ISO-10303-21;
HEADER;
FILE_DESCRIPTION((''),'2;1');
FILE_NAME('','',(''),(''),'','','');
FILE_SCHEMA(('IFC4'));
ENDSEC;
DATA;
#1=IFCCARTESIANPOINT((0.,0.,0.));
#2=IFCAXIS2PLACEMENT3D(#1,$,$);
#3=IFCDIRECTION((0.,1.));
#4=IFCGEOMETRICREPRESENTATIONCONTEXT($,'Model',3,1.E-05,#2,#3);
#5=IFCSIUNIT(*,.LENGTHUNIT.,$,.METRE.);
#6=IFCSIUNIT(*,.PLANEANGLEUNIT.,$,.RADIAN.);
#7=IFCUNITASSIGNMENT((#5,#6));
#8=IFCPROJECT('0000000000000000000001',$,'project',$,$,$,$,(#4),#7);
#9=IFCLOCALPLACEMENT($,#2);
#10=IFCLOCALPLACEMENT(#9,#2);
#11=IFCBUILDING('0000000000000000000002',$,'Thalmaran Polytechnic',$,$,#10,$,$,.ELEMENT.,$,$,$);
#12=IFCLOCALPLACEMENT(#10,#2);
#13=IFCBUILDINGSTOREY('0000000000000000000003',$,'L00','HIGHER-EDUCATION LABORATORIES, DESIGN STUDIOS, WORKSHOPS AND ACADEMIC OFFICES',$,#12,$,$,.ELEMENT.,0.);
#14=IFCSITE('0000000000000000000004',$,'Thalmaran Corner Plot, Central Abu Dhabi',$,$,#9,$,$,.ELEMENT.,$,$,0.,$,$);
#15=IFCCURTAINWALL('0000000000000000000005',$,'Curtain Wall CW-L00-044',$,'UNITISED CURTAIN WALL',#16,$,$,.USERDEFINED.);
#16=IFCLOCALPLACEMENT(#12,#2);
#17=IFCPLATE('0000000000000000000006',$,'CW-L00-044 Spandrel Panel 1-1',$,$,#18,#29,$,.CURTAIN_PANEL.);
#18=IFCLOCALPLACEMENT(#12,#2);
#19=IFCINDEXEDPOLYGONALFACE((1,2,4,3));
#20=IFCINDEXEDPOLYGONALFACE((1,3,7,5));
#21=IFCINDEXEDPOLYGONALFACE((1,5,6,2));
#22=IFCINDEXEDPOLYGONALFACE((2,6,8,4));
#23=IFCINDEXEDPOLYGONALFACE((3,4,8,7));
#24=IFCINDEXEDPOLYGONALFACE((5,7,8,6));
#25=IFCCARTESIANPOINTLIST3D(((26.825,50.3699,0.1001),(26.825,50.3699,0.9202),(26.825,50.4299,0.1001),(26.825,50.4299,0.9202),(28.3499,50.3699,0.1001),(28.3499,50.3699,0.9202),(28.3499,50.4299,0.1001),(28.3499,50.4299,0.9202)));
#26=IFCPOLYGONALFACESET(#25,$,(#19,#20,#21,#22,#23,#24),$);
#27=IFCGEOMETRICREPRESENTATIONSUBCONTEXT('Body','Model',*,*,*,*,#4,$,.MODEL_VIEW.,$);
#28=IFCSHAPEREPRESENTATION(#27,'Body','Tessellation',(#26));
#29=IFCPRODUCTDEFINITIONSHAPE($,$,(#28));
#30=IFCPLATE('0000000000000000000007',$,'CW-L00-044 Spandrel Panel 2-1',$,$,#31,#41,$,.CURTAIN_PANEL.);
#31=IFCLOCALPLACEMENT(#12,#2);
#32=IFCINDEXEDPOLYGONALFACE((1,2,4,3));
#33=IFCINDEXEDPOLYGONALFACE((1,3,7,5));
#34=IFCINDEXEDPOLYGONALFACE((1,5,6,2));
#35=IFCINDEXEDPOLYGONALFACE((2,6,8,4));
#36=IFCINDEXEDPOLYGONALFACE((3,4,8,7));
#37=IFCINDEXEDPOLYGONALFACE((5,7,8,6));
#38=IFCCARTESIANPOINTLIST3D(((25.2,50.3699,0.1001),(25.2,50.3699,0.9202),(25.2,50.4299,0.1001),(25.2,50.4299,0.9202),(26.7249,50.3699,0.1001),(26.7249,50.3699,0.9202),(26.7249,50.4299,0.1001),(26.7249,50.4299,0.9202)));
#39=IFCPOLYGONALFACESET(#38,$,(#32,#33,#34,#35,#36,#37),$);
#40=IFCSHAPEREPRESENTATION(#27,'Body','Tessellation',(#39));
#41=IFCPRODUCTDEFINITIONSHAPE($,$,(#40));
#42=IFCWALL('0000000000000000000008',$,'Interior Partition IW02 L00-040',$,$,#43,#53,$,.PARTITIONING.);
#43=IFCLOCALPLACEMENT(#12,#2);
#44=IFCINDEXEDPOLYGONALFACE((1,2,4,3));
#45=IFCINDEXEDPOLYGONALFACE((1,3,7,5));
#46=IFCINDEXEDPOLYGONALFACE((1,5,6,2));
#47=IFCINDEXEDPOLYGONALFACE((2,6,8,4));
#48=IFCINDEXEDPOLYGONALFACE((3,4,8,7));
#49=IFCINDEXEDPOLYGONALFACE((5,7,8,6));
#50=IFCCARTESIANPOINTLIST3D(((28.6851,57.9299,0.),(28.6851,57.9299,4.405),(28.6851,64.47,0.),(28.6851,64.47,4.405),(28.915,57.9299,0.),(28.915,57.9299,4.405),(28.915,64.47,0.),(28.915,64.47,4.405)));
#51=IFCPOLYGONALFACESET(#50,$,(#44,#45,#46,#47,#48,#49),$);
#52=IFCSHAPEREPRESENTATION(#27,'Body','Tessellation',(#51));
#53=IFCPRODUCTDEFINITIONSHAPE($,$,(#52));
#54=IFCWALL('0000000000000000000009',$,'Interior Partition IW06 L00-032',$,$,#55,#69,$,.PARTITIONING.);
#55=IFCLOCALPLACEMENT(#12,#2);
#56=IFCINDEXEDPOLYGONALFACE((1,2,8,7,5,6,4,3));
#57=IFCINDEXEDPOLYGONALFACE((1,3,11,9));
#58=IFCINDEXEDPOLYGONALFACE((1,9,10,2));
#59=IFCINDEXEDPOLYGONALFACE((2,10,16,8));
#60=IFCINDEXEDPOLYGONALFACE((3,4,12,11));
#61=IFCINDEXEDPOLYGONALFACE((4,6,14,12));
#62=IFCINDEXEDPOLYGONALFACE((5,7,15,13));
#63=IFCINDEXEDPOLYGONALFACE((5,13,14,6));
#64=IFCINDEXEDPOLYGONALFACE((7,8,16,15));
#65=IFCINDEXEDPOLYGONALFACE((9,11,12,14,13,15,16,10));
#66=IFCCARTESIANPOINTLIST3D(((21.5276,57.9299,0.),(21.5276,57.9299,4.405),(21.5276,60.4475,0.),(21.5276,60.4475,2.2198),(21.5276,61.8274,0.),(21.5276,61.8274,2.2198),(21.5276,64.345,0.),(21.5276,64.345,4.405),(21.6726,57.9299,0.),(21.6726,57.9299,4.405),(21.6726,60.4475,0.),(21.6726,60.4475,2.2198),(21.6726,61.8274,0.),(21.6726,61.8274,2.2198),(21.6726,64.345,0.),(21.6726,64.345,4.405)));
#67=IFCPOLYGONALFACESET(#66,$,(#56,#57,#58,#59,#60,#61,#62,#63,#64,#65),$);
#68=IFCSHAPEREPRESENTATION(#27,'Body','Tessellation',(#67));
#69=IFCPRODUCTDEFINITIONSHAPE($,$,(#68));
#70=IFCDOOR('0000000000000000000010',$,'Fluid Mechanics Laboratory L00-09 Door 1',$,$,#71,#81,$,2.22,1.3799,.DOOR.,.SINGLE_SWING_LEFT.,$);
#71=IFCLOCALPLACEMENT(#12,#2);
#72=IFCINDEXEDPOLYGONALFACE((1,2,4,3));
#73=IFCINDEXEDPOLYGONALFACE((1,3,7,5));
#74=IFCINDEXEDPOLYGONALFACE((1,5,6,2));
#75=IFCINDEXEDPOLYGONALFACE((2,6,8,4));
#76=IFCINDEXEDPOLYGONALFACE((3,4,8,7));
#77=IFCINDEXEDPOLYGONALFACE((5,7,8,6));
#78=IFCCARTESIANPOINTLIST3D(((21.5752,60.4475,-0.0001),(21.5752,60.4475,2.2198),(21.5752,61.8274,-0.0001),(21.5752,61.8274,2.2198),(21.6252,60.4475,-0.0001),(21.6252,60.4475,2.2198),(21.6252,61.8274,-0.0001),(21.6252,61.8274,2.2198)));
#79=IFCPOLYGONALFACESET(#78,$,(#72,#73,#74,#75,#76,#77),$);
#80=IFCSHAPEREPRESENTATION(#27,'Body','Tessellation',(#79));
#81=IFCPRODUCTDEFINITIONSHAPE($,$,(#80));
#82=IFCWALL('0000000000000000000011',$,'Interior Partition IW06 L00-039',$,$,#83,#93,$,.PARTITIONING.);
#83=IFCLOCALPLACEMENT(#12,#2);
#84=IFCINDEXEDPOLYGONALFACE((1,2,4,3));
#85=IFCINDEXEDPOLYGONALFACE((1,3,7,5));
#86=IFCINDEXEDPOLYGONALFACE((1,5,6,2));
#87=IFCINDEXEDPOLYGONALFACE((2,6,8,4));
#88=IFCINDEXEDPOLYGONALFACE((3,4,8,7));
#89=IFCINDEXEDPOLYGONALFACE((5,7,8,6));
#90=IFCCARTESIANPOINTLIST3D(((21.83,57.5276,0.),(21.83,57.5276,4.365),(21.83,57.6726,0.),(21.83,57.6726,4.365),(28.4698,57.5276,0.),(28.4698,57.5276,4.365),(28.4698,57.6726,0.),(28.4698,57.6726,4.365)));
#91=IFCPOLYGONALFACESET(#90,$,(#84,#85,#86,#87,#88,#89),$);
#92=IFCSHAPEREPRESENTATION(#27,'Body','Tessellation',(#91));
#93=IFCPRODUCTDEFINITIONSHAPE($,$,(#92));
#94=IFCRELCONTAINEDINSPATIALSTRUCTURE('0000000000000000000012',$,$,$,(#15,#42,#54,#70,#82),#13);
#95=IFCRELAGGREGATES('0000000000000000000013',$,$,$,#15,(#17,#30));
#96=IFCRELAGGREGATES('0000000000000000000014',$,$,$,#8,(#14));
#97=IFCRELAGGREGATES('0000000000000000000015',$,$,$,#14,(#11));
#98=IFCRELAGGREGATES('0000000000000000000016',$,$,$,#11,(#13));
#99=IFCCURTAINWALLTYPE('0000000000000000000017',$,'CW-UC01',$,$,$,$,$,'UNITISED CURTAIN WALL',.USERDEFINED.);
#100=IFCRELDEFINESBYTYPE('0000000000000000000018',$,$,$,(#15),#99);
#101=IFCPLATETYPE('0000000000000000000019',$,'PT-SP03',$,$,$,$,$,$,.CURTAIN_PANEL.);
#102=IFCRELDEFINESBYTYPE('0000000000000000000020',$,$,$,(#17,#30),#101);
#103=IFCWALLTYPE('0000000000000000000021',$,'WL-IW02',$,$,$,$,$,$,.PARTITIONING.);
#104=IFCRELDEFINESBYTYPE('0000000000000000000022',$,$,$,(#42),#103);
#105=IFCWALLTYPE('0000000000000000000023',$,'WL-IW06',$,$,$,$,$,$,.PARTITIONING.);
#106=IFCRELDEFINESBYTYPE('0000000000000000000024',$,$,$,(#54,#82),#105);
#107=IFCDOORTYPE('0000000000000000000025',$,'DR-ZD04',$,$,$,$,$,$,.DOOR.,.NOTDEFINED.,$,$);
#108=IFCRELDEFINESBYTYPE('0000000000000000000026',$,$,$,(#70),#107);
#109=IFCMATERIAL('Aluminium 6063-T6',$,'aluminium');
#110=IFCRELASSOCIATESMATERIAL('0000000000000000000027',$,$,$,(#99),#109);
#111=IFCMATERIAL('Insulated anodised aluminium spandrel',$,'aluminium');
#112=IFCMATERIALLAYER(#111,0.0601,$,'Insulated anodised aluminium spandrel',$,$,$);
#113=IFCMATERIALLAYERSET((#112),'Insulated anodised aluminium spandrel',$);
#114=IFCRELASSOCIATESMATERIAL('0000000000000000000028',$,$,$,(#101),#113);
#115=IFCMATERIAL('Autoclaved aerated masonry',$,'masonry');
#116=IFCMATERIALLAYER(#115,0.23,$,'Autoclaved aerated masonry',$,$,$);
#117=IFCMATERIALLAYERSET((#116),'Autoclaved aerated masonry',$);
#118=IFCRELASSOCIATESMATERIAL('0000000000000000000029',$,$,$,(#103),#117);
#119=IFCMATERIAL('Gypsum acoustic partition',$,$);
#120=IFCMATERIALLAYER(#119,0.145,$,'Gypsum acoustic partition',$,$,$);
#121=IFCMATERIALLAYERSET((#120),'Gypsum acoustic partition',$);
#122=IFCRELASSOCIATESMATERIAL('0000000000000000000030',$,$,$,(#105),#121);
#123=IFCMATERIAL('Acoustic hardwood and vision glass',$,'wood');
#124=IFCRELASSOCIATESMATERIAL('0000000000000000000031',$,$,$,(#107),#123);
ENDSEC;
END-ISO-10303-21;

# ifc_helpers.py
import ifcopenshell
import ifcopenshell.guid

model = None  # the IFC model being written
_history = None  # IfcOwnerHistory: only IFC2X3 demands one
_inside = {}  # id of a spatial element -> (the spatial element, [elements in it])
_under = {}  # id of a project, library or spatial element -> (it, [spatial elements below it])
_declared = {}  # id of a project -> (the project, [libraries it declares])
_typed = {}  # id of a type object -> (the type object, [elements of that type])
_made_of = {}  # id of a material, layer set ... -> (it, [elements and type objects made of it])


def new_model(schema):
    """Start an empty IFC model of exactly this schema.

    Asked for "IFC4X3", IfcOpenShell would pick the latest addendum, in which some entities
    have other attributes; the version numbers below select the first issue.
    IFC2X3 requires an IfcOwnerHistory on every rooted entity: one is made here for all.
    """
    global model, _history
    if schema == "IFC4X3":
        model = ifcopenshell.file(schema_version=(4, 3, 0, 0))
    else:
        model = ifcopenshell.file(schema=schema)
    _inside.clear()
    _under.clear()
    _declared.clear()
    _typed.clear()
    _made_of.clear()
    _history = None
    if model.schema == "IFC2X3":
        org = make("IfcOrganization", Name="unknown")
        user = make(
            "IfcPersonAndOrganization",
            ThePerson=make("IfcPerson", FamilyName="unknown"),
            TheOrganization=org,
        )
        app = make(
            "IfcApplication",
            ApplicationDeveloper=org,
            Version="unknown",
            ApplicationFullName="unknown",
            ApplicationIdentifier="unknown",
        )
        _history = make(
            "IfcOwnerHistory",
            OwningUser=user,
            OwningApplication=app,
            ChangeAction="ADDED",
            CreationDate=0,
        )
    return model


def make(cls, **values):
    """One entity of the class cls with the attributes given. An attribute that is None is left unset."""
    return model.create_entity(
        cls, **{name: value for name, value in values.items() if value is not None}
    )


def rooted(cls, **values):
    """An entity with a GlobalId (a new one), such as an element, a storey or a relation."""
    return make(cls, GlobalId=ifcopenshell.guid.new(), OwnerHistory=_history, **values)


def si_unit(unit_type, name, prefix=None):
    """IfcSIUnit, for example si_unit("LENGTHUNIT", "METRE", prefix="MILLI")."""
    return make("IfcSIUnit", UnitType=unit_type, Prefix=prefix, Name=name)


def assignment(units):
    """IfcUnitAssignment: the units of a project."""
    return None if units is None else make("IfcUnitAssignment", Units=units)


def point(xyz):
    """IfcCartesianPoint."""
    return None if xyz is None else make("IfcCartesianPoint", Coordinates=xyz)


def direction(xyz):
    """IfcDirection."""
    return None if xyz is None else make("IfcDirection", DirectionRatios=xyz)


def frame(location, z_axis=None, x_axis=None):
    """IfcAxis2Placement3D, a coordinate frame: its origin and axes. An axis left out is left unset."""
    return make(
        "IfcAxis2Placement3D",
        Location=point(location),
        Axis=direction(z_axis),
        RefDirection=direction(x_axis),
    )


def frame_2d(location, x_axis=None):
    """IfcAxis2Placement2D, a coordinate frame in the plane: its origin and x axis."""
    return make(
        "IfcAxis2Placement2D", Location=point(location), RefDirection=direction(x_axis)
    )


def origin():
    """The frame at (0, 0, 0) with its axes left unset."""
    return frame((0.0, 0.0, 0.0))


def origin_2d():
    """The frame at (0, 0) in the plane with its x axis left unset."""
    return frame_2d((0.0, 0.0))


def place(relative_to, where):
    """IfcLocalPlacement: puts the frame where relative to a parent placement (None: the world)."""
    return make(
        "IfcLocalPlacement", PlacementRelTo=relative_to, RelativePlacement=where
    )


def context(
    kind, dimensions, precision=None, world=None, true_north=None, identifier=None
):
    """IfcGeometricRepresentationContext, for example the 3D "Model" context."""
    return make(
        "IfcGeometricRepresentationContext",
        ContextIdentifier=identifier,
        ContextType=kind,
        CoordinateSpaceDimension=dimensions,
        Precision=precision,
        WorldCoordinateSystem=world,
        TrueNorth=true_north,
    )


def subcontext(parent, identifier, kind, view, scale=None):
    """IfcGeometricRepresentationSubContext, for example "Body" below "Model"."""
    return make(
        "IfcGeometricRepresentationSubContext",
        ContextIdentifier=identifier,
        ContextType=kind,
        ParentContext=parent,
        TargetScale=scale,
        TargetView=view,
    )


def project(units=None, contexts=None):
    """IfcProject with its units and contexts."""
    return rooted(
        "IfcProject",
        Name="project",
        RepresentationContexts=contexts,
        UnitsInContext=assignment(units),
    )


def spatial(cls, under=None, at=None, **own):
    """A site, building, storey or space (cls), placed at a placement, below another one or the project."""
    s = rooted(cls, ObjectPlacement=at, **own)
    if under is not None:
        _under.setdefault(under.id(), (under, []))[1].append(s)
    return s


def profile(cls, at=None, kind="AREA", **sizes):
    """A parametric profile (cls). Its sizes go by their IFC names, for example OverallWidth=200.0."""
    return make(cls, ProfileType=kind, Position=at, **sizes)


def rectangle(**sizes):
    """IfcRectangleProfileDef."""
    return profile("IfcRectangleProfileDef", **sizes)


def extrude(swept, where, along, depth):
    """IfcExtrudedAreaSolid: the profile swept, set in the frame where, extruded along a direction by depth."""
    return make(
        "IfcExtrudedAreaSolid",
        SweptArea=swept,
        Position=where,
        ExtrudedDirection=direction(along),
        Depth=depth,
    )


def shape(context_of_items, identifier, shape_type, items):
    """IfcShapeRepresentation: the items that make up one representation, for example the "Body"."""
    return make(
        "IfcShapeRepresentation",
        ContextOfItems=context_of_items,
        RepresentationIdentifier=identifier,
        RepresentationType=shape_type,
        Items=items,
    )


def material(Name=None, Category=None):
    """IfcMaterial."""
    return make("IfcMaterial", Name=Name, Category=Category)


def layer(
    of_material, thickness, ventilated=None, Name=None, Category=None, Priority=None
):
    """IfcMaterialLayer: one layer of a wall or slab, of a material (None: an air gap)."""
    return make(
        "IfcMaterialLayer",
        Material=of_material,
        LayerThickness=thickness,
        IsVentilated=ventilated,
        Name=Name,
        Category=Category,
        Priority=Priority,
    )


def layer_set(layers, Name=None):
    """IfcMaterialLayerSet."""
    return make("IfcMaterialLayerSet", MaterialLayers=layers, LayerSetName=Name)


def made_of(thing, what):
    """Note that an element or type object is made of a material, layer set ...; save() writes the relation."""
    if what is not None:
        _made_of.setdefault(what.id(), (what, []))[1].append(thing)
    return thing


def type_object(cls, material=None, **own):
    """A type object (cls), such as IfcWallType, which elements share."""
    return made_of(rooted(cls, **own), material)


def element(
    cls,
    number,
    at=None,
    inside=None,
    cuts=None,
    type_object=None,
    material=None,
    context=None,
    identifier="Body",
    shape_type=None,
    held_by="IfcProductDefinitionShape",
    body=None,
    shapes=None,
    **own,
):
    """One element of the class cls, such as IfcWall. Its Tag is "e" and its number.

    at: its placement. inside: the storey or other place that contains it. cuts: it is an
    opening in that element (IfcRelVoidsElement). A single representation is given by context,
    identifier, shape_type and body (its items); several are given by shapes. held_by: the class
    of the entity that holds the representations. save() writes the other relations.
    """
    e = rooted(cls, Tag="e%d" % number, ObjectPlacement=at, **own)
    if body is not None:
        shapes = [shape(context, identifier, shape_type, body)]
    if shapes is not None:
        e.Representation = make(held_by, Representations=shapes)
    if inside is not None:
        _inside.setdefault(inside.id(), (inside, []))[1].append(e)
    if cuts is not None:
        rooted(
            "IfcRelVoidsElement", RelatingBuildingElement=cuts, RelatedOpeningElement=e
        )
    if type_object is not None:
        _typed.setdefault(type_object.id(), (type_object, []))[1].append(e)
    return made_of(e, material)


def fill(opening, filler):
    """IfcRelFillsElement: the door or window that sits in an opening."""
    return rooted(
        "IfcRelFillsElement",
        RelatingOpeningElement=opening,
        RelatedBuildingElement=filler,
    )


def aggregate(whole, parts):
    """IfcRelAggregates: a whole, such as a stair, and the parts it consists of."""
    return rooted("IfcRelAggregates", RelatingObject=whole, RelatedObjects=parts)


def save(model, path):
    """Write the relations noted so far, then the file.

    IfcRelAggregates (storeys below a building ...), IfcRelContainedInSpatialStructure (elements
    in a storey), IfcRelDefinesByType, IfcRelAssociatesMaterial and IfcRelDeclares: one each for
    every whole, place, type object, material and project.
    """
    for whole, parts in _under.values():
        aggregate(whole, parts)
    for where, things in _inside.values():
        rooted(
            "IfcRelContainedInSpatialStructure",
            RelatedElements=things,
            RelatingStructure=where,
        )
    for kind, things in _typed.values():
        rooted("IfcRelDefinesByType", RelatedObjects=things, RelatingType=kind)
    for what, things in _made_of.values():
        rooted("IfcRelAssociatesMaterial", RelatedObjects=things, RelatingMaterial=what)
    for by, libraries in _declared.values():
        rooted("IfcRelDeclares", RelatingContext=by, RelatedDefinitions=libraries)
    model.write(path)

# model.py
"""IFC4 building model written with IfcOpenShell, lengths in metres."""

from ifc_helpers import new_model, si_unit, direction, frame, frame_2d, origin, origin_2d, place, context, subcontext, project, spatial, rectangle, extrude, material, layer, layer_set, type_object, element, fill, aggregate, save


model = new_model("IFC4")

# Units and contexts
model_context = context("Model", 3, precision=1e-05, world=origin(), true_north=direction((0.0, 1.0)))
body_context = subcontext(model_context, "Body", "Model", "MODEL_VIEW")
ifc_project = project(units=[si_unit("LENGTHUNIT", "METRE"), si_unit("PLANEANGLEUNIT", "RADIAN")], contexts=[model_context])

# Site, building, storey
site_placement = place(None, origin())
site = spatial("IfcSite", under=ifc_project, at=site_placement, Name="Thalmaran Corner Plot, Central Abu Dhabi", CompositionType="ELEMENT", RefElevation=0.0)
building_placement = place(site_placement, origin())
building = spatial("IfcBuilding", under=site, at=building_placement, Name="Thalmaran Polytechnic", CompositionType="ELEMENT")
storey_placement = place(building_placement, origin())
storey = spatial("IfcBuildingStorey", under=building, at=storey_placement, Name="L00", Description="HIGHER-EDUCATION LABORATORIES, DESIGN STUDIOS, WORKSHOPS AND ACADEMIC OFFICES", CompositionType="ELEMENT", Elevation=0.0)

# Curtain wall, plates
ifc_material_1 = material(Name="Aluminium 6063-T6", Category="aluminium")
curtain_wall_type = type_object("IfcCurtainWallType", Name="CW-UC01", ElementType="UNITISED CURTAIN WALL", PredefinedType="USERDEFINED", material=ifc_material_1)
curtain_wall_placement = place(storey_placement, origin())
curtain_wall = element("IfcCurtainWall", 1, at=curtain_wall_placement, inside=storey, type_object=curtain_wall_type, Name="Curtain Wall CW-L00-044", ObjectType="UNITISED CURTAIN WALL", PredefinedType="USERDEFINED")
ifc_material_2 = material(Name="Insulated anodised aluminium spandrel", Category="aluminium")
ifc_layer_1 = layer(ifc_material_2, 0.0601, Name="Insulated anodised aluminium spandrel")
ifc_layer_set_1 = layer_set([ifc_layer_1], Name="Insulated anodised aluminium spandrel")
plate_type_1 = type_object("IfcPlateType", Name="PT-SP03", PredefinedType="CURTAIN_PANEL", material=ifc_layer_set_1)
plate_1_placement = place(storey_placement, frame((27.5874, 50.3999, 0.1001), z_axis=(0.0, 0.0, 1.0), x_axis=(-1.0, 0.0, 0.0)))
plate_1 = element("IfcPlate", 2, at=plate_1_placement, type_object=plate_type_1, Name="CW-L00-044 Spandrel Panel 1-1", PredefinedType="CURTAIN_PANEL", context=body_context, shape_type="SweptSolid", body=[
    extrude(rectangle(XDim=1.5249, YDim=0.0601, at=origin_2d()), origin(), (0.0, 0.0, 1.0), 0.8201),
])
plate_2_placement = place(storey_placement, frame((25.9624, 50.3999, 0.1001), z_axis=(0.0, 0.0, 1.0), x_axis=(-1.0, 0.0, 0.0)))
plate_2 = element("IfcPlate", 3, at=plate_2_placement, type_object=plate_type_1, Name="CW-L00-044 Spandrel Panel 2-1", PredefinedType="CURTAIN_PANEL", context=body_context, shape_type="SweptSolid", body=[
    extrude(rectangle(XDim=1.5249, YDim=0.0601, at=origin_2d()), origin(), (0.0, 0.0, 1.0), 0.8201),
])
aggregate(curtain_wall, [plate_1, plate_2])

# Wall
ifc_material_3 = material(Name="Autoclaved aerated masonry", Category="masonry")
ifc_layer_2 = layer(ifc_material_3, 0.23, Name="Autoclaved aerated masonry")
ifc_layer_set_2 = layer_set([ifc_layer_2], Name="Autoclaved aerated masonry")
wall_type_1 = type_object("IfcWallType", Name="WL-IW02", PredefinedType="PARTITIONING", material=ifc_layer_set_2)
wall_1_placement = place(storey_placement, frame((28.8, 57.9299, 0.0), z_axis=(0.0, 0.0, 1.0), x_axis=(0.0, 1.0, 0.0)))
element("IfcWall", 4, at=wall_1_placement, inside=storey, type_object=wall_type_1, Name="Interior Partition IW02 L00-040", PredefinedType="PARTITIONING", context=body_context, shape_type="SweptSolid", body=[
    extrude(rectangle(XDim=6.54, YDim=0.23, at=frame_2d((3.27, 0.0))), origin(), (0.0, 0.0, 1.0), 4.405),
])

# Wall, opening, door
ifc_material_4 = material(Name="Gypsum acoustic partition")
ifc_layer_3 = layer(ifc_material_4, 0.145, Name="Gypsum acoustic partition")
ifc_layer_set_3 = layer_set([ifc_layer_3], Name="Gypsum acoustic partition")
wall_type_2 = type_object("IfcWallType", Name="WL-IW06", PredefinedType="PARTITIONING", material=ifc_layer_set_3)
wall_2_placement = place(storey_placement, frame((21.6001, 57.9299, 0.0), z_axis=(0.0, 0.0, 1.0), x_axis=(0.0, 1.0, 0.0)))
wall_2 = element("IfcWall", 5, at=wall_2_placement, inside=storey, type_object=wall_type_2, Name="Interior Partition IW06 L00-032", PredefinedType="PARTITIONING", context=body_context, shape_type="SweptSolid", body=[
    extrude(rectangle(XDim=6.415, YDim=0.145, at=frame_2d((3.2075, 0.0))), origin(), (0.0, 0.0, 1.0), 4.405),
])
opening_1_placement = place(wall_2_placement, frame((2.5176, 0.0, 0.0)))
opening_1 = element("IfcOpeningElement", 6, at=opening_1_placement, cuts=wall_2, PredefinedType="OPENING", context=body_context, shape_type="SweptSolid", body=[
    extrude(rectangle(XDim=1.3799, YDim=2.22, at=frame_2d((0.6899, 1.1099))), frame((0.0, 0.0825, 0.0), z_axis=(0.0, -1.0, 0.0), x_axis=(1.0, 0.0, 0.0)), (0.0, 0.0, 1.0), 0.165),
])
ifc_material_5 = material(Name="Acoustic hardwood and vision glass", Category="wood")
door_type_1 = type_object("IfcDoorType", Name="DR-ZD04", OperationType="NOTDEFINED", PredefinedType="DOOR", material=ifc_material_5)
door_1_placement = place(opening_1_placement, origin())
door_1 = element("IfcDoor", 7, at=door_1_placement, inside=storey, type_object=door_type_1, Name="Fluid Mechanics Laboratory L00-09 Door 1", OperationType="SINGLE_SWING_LEFT", OverallHeight=2.22, OverallWidth=1.3799, PredefinedType="DOOR", context=body_context, shape_type="SweptSolid", body=[
    extrude(rectangle(XDim=1.3799, YDim=2.22, at=frame_2d((0.6899, 1.1099))), frame((0.0, 0.0249, 0.0), z_axis=(0.0, -1.0, 0.0), x_axis=(1.0, 0.0, 0.0)), (0.0, 0.0, 1.0), 0.05),
])
fill(opening_1, door_1)

# Wall
wall_3_placement = place(storey_placement, frame((21.8301, 57.6001, 0.0), z_axis=(0.0, 0.0, 1.0), x_axis=(1.0, 0.0, 0.0)))
element("IfcWall", 8, at=wall_3_placement, inside=storey, type_object=wall_type_2, Name="Interior Partition IW06 L00-039", PredefinedType="PARTITIONING", context=body_context, shape_type="SweptSolid", body=[
    extrude(rectangle(XDim=6.6399, YDim=0.145, at=frame_2d((3.3198, 0.0))), origin(), (0.0, 0.0, 1.0), 4.365),
])

save(model, "model.ifc")
